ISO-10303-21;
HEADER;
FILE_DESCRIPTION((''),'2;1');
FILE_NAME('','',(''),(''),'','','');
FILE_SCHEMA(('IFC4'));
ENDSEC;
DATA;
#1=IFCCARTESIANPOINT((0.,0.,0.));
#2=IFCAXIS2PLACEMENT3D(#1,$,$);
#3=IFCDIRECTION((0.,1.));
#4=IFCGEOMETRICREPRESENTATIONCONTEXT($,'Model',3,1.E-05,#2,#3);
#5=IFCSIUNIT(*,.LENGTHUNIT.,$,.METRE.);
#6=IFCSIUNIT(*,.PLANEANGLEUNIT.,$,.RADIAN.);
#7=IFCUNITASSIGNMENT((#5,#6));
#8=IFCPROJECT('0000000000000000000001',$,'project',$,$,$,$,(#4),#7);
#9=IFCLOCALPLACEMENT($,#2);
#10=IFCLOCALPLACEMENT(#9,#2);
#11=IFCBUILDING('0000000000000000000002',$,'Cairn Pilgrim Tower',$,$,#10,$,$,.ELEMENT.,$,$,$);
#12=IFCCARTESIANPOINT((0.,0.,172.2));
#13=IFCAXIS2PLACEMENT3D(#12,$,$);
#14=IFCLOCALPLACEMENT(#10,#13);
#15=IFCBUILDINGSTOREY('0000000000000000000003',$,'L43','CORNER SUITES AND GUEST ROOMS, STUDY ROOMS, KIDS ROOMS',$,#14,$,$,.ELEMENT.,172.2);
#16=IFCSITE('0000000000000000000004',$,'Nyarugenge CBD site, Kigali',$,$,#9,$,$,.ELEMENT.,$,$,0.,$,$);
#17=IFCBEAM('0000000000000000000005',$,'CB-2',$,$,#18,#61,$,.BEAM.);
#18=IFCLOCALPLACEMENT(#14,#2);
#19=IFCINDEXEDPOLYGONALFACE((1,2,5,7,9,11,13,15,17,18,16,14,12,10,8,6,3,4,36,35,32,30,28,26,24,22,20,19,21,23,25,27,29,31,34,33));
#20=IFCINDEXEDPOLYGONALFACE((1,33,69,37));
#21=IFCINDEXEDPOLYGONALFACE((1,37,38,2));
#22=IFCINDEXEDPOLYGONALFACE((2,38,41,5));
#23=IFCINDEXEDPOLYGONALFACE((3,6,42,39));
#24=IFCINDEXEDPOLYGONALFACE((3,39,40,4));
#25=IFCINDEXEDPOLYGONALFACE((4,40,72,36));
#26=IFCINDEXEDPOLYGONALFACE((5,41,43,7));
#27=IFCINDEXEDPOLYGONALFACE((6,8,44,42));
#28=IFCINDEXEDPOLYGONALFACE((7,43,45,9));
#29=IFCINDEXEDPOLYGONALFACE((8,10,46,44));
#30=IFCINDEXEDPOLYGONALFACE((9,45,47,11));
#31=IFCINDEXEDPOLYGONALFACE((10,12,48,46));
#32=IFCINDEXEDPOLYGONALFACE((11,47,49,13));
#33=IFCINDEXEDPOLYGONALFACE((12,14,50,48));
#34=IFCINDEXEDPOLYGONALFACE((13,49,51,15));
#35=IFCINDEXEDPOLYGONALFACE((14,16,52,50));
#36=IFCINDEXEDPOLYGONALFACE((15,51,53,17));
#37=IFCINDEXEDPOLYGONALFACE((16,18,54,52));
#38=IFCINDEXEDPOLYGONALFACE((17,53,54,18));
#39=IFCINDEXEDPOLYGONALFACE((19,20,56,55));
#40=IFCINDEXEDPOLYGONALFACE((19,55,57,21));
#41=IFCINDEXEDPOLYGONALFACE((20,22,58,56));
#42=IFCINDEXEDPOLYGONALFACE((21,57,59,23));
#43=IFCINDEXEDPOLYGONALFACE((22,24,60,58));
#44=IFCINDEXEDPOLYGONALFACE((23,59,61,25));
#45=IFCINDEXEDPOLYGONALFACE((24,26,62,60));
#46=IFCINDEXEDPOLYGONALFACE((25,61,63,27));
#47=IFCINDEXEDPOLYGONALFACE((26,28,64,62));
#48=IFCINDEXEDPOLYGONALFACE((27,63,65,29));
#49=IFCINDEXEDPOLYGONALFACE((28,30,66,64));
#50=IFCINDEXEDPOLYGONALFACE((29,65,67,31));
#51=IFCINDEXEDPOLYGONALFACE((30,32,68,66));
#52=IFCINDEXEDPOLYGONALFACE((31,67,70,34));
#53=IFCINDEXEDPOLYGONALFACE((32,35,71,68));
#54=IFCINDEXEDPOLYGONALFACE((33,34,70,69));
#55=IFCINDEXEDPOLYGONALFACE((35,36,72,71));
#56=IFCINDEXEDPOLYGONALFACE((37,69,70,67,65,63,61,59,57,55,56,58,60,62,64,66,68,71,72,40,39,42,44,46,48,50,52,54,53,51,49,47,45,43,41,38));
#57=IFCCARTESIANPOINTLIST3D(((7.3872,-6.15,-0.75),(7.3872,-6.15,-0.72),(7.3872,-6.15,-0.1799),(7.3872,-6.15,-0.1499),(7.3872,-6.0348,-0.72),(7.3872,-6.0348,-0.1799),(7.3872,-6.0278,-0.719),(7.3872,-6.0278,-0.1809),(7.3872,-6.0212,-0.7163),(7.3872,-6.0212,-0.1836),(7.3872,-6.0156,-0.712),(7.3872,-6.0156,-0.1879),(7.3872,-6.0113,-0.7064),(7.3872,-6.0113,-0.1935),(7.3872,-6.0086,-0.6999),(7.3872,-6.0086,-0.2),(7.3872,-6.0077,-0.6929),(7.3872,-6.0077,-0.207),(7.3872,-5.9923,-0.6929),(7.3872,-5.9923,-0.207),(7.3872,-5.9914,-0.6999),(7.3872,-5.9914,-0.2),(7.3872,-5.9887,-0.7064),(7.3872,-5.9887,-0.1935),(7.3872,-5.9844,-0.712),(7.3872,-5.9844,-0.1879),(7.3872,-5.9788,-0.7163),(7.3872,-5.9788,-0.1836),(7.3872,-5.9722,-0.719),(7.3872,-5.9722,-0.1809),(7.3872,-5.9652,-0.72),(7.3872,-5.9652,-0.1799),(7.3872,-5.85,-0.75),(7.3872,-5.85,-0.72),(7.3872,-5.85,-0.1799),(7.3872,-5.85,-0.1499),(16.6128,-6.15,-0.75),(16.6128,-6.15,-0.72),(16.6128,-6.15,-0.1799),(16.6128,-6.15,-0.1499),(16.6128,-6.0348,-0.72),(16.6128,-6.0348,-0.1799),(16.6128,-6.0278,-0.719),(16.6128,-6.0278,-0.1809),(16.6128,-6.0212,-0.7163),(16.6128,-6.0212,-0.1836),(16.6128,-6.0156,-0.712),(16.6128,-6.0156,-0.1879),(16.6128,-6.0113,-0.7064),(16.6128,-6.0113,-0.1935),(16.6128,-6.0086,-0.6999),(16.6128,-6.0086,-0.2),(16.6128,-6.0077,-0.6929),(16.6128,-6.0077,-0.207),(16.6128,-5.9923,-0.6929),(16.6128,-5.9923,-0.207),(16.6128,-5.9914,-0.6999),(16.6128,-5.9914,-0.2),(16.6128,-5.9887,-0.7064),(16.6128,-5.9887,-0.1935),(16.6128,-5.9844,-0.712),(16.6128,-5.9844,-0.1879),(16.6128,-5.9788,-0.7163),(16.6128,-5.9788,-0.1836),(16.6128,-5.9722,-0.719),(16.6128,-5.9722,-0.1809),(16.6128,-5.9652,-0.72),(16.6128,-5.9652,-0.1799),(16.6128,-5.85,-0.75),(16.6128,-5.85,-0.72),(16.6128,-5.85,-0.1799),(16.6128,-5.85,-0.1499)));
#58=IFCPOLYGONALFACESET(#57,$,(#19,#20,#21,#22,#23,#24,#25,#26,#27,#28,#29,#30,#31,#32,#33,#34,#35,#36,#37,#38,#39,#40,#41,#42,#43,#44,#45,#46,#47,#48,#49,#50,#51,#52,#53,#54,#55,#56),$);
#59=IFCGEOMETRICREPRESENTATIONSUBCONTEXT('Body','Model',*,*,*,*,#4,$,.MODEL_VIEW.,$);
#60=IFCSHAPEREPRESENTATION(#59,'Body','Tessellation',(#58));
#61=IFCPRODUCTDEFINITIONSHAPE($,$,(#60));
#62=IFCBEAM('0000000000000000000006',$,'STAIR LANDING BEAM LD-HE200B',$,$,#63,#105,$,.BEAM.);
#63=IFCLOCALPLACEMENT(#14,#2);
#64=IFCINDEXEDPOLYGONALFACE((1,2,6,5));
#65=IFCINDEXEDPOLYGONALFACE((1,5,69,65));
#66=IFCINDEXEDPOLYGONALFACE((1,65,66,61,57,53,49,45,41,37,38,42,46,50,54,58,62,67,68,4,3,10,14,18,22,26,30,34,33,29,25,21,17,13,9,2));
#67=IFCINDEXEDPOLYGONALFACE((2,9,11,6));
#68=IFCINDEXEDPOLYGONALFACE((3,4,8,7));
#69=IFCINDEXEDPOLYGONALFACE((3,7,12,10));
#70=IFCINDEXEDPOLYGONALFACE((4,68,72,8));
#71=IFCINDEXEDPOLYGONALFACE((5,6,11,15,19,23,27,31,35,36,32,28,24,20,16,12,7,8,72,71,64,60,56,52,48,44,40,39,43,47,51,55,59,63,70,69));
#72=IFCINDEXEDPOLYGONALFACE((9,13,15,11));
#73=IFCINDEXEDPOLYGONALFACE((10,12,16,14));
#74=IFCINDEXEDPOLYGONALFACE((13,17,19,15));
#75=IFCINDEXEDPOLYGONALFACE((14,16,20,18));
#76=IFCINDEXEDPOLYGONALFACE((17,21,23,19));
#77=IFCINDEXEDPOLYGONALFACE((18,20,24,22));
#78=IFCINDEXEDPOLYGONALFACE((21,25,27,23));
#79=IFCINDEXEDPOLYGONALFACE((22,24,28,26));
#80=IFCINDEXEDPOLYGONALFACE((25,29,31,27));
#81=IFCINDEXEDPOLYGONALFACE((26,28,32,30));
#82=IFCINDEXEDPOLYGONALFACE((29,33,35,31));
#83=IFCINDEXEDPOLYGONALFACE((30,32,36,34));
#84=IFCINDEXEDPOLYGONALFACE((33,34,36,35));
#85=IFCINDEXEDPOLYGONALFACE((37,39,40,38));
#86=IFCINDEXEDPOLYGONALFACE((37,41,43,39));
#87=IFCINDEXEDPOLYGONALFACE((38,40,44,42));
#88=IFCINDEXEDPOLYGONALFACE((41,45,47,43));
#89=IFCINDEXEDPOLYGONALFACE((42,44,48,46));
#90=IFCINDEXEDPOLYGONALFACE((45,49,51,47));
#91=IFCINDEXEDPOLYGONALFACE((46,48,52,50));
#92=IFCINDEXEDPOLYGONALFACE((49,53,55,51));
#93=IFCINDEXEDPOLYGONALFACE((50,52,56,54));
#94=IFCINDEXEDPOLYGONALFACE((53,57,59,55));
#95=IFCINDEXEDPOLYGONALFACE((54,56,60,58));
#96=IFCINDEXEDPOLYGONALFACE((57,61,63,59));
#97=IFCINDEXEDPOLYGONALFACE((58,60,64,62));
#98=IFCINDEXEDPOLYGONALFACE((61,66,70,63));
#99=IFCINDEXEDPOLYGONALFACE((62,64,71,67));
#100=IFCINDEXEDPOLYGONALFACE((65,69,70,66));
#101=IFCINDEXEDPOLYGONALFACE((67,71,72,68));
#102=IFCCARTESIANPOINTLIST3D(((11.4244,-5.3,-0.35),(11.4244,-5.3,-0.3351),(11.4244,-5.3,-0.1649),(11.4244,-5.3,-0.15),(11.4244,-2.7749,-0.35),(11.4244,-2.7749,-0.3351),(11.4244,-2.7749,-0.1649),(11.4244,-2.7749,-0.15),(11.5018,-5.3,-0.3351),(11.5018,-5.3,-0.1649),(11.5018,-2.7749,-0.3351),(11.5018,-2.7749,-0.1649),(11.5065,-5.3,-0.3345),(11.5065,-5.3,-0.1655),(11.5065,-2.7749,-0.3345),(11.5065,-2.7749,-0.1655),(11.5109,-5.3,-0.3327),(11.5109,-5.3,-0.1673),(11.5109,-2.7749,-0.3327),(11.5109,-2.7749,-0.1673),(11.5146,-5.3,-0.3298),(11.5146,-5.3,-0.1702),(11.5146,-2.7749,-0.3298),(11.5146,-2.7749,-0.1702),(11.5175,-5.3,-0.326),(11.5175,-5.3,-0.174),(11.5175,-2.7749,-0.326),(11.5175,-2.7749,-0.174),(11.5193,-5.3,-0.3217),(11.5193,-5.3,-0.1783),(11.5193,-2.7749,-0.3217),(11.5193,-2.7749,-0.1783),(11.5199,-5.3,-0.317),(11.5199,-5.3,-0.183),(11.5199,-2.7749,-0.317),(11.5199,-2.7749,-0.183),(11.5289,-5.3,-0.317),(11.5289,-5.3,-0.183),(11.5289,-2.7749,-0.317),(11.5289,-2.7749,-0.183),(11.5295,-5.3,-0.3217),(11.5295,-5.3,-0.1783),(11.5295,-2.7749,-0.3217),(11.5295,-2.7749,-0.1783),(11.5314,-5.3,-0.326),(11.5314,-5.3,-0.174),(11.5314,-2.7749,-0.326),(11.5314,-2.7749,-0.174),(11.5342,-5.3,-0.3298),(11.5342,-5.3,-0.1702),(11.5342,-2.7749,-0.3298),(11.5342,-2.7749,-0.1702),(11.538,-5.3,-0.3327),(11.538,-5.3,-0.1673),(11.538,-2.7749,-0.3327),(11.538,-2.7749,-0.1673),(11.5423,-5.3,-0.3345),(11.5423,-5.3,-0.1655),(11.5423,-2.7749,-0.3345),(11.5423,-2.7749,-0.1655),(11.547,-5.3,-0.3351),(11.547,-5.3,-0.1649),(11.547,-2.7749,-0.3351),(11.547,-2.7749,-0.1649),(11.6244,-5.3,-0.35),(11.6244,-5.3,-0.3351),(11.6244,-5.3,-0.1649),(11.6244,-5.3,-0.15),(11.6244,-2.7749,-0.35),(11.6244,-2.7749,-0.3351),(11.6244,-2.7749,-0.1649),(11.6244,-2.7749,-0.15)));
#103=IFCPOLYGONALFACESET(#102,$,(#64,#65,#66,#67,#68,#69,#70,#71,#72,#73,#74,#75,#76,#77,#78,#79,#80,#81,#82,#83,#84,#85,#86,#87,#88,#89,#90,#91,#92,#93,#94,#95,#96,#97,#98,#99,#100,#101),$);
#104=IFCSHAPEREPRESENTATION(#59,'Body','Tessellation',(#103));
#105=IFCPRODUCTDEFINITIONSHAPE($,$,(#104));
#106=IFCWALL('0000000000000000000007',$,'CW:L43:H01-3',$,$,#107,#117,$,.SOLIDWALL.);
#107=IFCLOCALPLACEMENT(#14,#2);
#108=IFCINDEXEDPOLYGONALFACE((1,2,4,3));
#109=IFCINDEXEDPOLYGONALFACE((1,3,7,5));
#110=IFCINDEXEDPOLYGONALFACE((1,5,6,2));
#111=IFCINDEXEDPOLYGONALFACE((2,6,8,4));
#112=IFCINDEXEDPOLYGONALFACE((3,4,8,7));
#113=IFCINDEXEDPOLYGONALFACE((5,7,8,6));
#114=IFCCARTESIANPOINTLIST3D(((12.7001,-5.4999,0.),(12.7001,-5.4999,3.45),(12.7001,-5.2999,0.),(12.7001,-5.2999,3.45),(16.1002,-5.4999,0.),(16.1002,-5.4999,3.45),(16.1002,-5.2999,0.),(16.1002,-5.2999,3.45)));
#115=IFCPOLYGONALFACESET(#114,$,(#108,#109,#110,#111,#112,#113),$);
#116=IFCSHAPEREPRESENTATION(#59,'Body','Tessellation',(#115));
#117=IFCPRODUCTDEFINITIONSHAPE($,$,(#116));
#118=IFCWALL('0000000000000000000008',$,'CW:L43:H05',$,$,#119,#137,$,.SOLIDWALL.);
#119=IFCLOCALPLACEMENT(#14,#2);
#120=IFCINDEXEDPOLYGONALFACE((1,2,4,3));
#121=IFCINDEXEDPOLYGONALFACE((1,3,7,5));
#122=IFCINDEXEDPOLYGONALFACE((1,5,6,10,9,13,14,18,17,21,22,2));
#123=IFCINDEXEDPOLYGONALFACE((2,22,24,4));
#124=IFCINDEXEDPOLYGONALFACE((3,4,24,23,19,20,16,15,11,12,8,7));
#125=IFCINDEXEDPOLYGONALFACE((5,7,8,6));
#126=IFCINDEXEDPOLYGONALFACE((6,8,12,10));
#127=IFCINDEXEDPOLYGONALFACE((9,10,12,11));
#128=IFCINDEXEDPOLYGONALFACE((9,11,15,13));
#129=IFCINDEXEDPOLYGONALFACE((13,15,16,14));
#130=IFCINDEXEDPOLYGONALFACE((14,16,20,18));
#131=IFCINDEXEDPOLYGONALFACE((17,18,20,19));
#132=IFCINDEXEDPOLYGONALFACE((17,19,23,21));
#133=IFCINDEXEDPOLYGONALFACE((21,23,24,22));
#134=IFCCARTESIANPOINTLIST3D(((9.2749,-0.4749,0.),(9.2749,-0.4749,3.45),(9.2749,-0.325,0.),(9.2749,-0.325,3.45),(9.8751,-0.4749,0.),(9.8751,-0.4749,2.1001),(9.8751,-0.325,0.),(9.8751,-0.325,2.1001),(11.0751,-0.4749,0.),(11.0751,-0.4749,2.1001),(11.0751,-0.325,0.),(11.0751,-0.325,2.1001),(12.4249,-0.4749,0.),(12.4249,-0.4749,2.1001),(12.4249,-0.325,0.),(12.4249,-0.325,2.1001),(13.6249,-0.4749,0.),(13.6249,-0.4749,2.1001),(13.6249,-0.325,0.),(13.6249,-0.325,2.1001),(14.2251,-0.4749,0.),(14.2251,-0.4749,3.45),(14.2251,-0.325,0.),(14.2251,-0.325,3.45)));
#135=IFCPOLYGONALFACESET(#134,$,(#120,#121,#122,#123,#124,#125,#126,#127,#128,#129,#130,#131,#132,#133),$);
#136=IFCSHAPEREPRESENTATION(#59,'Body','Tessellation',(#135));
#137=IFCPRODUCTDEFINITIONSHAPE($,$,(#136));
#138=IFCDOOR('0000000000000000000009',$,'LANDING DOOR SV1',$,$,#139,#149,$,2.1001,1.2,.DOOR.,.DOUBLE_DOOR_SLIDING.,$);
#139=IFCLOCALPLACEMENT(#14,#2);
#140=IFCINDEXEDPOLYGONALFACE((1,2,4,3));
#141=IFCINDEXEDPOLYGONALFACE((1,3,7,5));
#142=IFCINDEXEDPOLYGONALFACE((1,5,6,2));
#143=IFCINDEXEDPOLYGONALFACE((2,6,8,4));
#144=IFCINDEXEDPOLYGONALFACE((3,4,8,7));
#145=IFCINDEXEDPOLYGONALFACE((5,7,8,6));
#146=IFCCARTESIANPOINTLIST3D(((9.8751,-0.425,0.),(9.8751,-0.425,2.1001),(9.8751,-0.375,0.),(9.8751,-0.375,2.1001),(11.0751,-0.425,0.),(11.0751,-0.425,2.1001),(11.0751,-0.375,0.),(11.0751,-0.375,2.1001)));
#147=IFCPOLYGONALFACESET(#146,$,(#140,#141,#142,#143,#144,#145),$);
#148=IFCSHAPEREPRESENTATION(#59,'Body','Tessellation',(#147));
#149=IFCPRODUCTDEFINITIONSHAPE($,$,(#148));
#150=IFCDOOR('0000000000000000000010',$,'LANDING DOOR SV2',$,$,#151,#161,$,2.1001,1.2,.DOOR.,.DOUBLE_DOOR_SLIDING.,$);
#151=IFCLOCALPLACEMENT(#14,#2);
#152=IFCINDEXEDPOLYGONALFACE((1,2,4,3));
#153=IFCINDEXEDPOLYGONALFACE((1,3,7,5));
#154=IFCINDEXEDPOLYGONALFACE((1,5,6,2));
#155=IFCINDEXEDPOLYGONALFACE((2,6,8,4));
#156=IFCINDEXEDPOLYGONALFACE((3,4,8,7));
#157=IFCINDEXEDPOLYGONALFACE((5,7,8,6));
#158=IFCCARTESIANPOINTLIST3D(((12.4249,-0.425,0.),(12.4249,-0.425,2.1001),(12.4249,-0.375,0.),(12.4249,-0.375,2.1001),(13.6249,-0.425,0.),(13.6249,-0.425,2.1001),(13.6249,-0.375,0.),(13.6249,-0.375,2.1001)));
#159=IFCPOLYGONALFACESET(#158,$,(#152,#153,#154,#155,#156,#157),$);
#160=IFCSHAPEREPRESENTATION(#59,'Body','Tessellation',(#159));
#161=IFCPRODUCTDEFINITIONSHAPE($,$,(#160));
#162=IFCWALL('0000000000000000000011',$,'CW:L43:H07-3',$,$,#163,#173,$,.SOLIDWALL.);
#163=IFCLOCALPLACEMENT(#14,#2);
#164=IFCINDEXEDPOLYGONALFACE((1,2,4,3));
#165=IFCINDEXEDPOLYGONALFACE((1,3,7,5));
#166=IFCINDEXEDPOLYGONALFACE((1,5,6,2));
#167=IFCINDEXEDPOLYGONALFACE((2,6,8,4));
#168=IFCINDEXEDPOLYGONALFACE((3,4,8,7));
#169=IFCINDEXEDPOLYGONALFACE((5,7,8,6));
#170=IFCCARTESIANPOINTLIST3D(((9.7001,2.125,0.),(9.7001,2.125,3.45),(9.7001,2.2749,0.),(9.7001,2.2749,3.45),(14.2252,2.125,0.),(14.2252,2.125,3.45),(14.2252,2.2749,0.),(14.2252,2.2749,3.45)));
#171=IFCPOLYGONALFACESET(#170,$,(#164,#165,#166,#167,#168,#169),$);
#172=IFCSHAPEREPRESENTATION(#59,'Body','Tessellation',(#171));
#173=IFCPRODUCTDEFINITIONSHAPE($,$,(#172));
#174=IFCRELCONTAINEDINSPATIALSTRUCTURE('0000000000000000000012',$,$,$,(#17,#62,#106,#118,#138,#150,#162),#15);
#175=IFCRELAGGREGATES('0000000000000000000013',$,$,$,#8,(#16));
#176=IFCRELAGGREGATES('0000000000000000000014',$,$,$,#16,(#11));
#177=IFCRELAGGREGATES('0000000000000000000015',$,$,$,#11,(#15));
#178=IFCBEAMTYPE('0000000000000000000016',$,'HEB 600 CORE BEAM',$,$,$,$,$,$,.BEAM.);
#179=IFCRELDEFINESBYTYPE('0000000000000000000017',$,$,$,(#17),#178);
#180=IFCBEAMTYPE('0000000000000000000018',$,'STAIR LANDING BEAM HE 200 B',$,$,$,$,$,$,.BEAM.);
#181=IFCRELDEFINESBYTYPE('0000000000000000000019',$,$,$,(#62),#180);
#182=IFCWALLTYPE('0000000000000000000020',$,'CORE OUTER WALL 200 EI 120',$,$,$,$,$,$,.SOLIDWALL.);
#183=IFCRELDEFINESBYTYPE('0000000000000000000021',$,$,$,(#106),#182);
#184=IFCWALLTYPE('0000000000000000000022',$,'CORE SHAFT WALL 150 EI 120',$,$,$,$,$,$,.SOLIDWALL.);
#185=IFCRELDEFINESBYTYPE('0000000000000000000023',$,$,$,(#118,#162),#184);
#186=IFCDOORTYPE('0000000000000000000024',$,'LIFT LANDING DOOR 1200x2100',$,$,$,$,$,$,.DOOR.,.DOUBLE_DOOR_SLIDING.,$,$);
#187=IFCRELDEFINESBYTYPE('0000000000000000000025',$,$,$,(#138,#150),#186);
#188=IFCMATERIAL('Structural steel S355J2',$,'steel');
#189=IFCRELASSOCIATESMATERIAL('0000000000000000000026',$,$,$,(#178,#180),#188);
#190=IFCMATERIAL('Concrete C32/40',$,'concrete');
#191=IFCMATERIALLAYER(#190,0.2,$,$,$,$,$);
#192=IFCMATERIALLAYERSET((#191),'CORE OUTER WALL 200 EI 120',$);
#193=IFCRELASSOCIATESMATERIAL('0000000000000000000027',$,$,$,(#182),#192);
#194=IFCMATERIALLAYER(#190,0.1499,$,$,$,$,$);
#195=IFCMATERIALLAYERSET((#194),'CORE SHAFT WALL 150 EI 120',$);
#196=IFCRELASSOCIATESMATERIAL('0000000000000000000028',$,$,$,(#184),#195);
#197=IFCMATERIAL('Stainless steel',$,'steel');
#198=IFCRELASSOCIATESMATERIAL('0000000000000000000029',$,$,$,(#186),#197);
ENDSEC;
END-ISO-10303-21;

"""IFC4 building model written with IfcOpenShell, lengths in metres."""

from ifc_helpers import new_model, si_unit, direction, frame, frame_2d, origin, origin_2d, place, context, subcontext, project, spatial, rectangle, i_section, extrude, material, layer, layer_set, material_profile, profile_set, type_object, element, fill, save


model = new_model("IFC4")

# Units and contexts
model_context = context("Model", 3, precision=1e-05, world=origin(), true_north=direction((0.0, 1.0)))
body_context = subcontext(model_context, "Body", "Model", "MODEL_VIEW")
ifc_project = project(units=[si_unit("LENGTHUNIT", "METRE"), si_unit("PLANEANGLEUNIT", "RADIAN")], contexts=[model_context])

# Site, building, storey
site_placement = place(None, origin())
site = spatial("IfcSite", under=ifc_project, at=site_placement, Name="Nyarugenge CBD site, Kigali", CompositionType="ELEMENT", RefElevation=0.0)
building_placement = place(site_placement, origin())
building = spatial("IfcBuilding", under=site, at=building_placement, Name="Cairn Pilgrim Tower", CompositionType="ELEMENT")
storey_placement = place(building_placement, frame((0.0, 0.0, 172.2)))
storey = spatial("IfcBuildingStorey", under=building, at=storey_placement, Name="L43", Description="CORNER SUITES AND GUEST ROOMS, STUDY ROOMS, KIDS ROOMS", CompositionType="ELEMENT", Elevation=172.2)

# Beams
ifc_material_1 = material(Name="Structural steel S355J2", Category="steel")
ifc_material_profile_1 = material_profile(ifc_material_1, i_section(OverallWidth=0.3, OverallDepth=0.6001, WebThickness=0.0154, FlangeThickness=0.03, FilletRadius=0.0271, at=origin_2d()), Name="HEB 600")
ifc_profile_set_1 = profile_set([ifc_material_profile_1], Name="Structural steel S355J2")
beam_type_1 = type_object("IfcBeamType", Name="HEB 600 CORE BEAM", PredefinedType="BEAM", material=ifc_profile_set_1)
beam_1_placement = place(storey_placement, frame((7.3872, -6.0, -0.45), z_axis=(1.0, 0.0, 0.0), x_axis=(0.0, 1.0, 0.0)))
element("IfcBeam", 1, at=beam_1_placement, inside=storey, type_object=beam_type_1, Name="CB-2", PredefinedType="BEAM", context=body_context, shape_type="SweptSolid", body=[
    extrude(i_section(OverallWidth=0.3, OverallDepth=0.6001, WebThickness=0.0154, FlangeThickness=0.03, FilletRadius=0.0271, at=origin_2d()), origin(), (0.0, 0.0, 1.0), 9.2256),
])
ifc_material_profile_2 = material_profile(ifc_material_1, i_section(OverallWidth=0.2, OverallDepth=0.2, WebThickness=0.009, FlangeThickness=0.0149, FilletRadius=0.0181, at=origin_2d()), Name="HE 200 B")
ifc_profile_set_2 = profile_set([ifc_material_profile_2], Name="Structural steel S355J2")
beam_type_2 = type_object("IfcBeamType", Name="STAIR LANDING BEAM HE 200 B", PredefinedType="BEAM", material=ifc_profile_set_2)
beam_2_placement = place(storey_placement, frame((11.5244, -2.7749, -0.25), z_axis=(0.0, -1.0, 0.0), x_axis=(1.0, 0.0, 0.0)))
element("IfcBeam", 2, at=beam_2_placement, inside=storey, type_object=beam_type_2, Name="STAIR LANDING BEAM LD-HE200B", PredefinedType="BEAM", context=body_context, shape_type="SweptSolid", body=[
    extrude(i_section(OverallWidth=0.2, OverallDepth=0.2, WebThickness=0.009, FlangeThickness=0.0149, FilletRadius=0.0181, at=origin_2d()), origin(), (0.0, 0.0, 1.0), 2.5251),
])

# Wall
ifc_material_2 = material(Name="Concrete C32/40", Category="concrete")
ifc_layer_1 = layer(ifc_material_2, 0.2)
ifc_layer_set_1 = layer_set([ifc_layer_1], Name="CORE OUTER WALL 200 EI 120")
wall_type_1 = type_object("IfcWallType", Name="CORE OUTER WALL 200 EI 120", PredefinedType="SOLIDWALL", material=ifc_layer_set_1)
wall_1_placement = place(storey_placement, frame((12.7, -5.3999, 0.0), z_axis=(0.0, 0.0, 1.0), x_axis=(1.0, 0.0, 0.0)))
element("IfcWall", 3, at=wall_1_placement, inside=storey, type_object=wall_type_1, Name="CW:L43:H01-3", PredefinedType="SOLIDWALL", context=body_context, shape_type="SweptSolid", body=[
    extrude(rectangle(XDim=3.4001, YDim=0.2, at=frame_2d((1.7002, 0.0))), origin(), (0.0, 0.0, 1.0), 3.45),
])

# Wall, openings, doors
ifc_layer_2 = layer(ifc_material_2, 0.1499)
ifc_layer_set_2 = layer_set([ifc_layer_2], Name="CORE SHAFT WALL 150 EI 120")
wall_type_2 = type_object("IfcWallType", Name="CORE SHAFT WALL 150 EI 120", PredefinedType="SOLIDWALL", material=ifc_layer_set_2)
wall_2_placement = place(storey_placement, frame((9.2749, -0.3999, 0.0), z_axis=(0.0, 0.0, 1.0), x_axis=(1.0, 0.0, 0.0)))
wall_2 = element("IfcWall", 4, at=wall_2_placement, inside=storey, type_object=wall_type_2, Name="CW:L43:H05", PredefinedType="SOLIDWALL", context=body_context, shape_type="SweptSolid", body=[
    extrude(rectangle(XDim=4.9502, YDim=0.1499, at=frame_2d((2.4751, 0.0))), origin(), (0.0, 0.0, 1.0), 3.45),
])
opening_1_placement = place(wall_2_placement, frame((0.6001, 0.0, 0.0)))
opening_1 = element("IfcOpeningElement", 5, at=opening_1_placement, cuts=wall_2, PredefinedType="OPENING", context=body_context, shape_type="SweptSolid", body=[
    extrude(rectangle(XDim=1.2, YDim=2.1001, at=frame_2d((0.6001, 1.05))), frame((0.0, 0.085, 0.0), z_axis=(0.0, -1.0, 0.0), x_axis=(1.0, 0.0, 0.0)), (0.0, 0.0, 1.0), 0.1699),
])
opening_2_placement = place(wall_2_placement, frame((3.1499, 0.0, 0.0)))
opening_2 = element("IfcOpeningElement", 6, at=opening_2_placement, cuts=wall_2, PredefinedType="OPENING", context=body_context, shape_type="SweptSolid", body=[
    extrude(rectangle(XDim=1.2, YDim=2.1001, at=frame_2d((0.6001, 1.05))), frame((0.0, 0.085, 0.0), z_axis=(0.0, -1.0, 0.0), x_axis=(1.0, 0.0, 0.0)), (0.0, 0.0, 1.0), 0.1699),
])
ifc_material_3 = material(Name="Stainless steel", Category="steel")
door_type = type_object("IfcDoorType", Name="LIFT LANDING DOOR 1200x2100", OperationType="DOUBLE_DOOR_SLIDING", PredefinedType="DOOR", material=ifc_material_3)
door_1_placement = place(opening_1_placement, origin())
door_1 = element("IfcDoor", 7, at=door_1_placement, inside=storey, type_object=door_type, Name="LANDING DOOR SV1", OperationType="DOUBLE_DOOR_SLIDING", OverallHeight=2.1001, OverallWidth=1.2, PredefinedType="DOOR", context=body_context, shape_type="SweptSolid", body=[
    extrude(rectangle(XDim=1.2, YDim=2.1001, at=frame_2d((0.6001, 1.05))), frame((0.0, 0.0249, 0.0), z_axis=(0.0, -1.0, 0.0), x_axis=(1.0, 0.0, 0.0)), (0.0, 0.0, 1.0), 0.05),
])
fill(opening_1, door_1)
door_2_placement = place(opening_2_placement, origin())
door_2 = element("IfcDoor", 8, at=door_2_placement, inside=storey, type_object=door_type, Name="LANDING DOOR SV2", OperationType="DOUBLE_DOOR_SLIDING", OverallHeight=2.1001, OverallWidth=1.2, PredefinedType="DOOR", context=body_context, shape_type="SweptSolid", body=[
    extrude(rectangle(XDim=1.2, YDim=2.1001, at=frame_2d((0.6001, 1.05))), frame((0.0, 0.0249, 0.0), z_axis=(0.0, -1.0, 0.0), x_axis=(1.0, 0.0, 0.0)), (0.0, 0.0, 1.0), 0.05),
])
fill(opening_2, door_2)

# Wall
wall_3_placement = place(storey_placement, frame((9.7, 2.2, 0.0), z_axis=(0.0, 0.0, 1.0), x_axis=(1.0, 0.0, 0.0)))
element("IfcWall", 9, at=wall_3_placement, inside=storey, type_object=wall_type_2, Name="CW:L43:H07-3", PredefinedType="SOLIDWALL", context=body_context, shape_type="SweptSolid", body=[
    extrude(rectangle(XDim=4.5251, YDim=0.1499, at=frame_2d((2.2627, 0.0))), origin(), (0.0, 0.0, 1.0), 3.45),
])

save(model, "model.ifc")
